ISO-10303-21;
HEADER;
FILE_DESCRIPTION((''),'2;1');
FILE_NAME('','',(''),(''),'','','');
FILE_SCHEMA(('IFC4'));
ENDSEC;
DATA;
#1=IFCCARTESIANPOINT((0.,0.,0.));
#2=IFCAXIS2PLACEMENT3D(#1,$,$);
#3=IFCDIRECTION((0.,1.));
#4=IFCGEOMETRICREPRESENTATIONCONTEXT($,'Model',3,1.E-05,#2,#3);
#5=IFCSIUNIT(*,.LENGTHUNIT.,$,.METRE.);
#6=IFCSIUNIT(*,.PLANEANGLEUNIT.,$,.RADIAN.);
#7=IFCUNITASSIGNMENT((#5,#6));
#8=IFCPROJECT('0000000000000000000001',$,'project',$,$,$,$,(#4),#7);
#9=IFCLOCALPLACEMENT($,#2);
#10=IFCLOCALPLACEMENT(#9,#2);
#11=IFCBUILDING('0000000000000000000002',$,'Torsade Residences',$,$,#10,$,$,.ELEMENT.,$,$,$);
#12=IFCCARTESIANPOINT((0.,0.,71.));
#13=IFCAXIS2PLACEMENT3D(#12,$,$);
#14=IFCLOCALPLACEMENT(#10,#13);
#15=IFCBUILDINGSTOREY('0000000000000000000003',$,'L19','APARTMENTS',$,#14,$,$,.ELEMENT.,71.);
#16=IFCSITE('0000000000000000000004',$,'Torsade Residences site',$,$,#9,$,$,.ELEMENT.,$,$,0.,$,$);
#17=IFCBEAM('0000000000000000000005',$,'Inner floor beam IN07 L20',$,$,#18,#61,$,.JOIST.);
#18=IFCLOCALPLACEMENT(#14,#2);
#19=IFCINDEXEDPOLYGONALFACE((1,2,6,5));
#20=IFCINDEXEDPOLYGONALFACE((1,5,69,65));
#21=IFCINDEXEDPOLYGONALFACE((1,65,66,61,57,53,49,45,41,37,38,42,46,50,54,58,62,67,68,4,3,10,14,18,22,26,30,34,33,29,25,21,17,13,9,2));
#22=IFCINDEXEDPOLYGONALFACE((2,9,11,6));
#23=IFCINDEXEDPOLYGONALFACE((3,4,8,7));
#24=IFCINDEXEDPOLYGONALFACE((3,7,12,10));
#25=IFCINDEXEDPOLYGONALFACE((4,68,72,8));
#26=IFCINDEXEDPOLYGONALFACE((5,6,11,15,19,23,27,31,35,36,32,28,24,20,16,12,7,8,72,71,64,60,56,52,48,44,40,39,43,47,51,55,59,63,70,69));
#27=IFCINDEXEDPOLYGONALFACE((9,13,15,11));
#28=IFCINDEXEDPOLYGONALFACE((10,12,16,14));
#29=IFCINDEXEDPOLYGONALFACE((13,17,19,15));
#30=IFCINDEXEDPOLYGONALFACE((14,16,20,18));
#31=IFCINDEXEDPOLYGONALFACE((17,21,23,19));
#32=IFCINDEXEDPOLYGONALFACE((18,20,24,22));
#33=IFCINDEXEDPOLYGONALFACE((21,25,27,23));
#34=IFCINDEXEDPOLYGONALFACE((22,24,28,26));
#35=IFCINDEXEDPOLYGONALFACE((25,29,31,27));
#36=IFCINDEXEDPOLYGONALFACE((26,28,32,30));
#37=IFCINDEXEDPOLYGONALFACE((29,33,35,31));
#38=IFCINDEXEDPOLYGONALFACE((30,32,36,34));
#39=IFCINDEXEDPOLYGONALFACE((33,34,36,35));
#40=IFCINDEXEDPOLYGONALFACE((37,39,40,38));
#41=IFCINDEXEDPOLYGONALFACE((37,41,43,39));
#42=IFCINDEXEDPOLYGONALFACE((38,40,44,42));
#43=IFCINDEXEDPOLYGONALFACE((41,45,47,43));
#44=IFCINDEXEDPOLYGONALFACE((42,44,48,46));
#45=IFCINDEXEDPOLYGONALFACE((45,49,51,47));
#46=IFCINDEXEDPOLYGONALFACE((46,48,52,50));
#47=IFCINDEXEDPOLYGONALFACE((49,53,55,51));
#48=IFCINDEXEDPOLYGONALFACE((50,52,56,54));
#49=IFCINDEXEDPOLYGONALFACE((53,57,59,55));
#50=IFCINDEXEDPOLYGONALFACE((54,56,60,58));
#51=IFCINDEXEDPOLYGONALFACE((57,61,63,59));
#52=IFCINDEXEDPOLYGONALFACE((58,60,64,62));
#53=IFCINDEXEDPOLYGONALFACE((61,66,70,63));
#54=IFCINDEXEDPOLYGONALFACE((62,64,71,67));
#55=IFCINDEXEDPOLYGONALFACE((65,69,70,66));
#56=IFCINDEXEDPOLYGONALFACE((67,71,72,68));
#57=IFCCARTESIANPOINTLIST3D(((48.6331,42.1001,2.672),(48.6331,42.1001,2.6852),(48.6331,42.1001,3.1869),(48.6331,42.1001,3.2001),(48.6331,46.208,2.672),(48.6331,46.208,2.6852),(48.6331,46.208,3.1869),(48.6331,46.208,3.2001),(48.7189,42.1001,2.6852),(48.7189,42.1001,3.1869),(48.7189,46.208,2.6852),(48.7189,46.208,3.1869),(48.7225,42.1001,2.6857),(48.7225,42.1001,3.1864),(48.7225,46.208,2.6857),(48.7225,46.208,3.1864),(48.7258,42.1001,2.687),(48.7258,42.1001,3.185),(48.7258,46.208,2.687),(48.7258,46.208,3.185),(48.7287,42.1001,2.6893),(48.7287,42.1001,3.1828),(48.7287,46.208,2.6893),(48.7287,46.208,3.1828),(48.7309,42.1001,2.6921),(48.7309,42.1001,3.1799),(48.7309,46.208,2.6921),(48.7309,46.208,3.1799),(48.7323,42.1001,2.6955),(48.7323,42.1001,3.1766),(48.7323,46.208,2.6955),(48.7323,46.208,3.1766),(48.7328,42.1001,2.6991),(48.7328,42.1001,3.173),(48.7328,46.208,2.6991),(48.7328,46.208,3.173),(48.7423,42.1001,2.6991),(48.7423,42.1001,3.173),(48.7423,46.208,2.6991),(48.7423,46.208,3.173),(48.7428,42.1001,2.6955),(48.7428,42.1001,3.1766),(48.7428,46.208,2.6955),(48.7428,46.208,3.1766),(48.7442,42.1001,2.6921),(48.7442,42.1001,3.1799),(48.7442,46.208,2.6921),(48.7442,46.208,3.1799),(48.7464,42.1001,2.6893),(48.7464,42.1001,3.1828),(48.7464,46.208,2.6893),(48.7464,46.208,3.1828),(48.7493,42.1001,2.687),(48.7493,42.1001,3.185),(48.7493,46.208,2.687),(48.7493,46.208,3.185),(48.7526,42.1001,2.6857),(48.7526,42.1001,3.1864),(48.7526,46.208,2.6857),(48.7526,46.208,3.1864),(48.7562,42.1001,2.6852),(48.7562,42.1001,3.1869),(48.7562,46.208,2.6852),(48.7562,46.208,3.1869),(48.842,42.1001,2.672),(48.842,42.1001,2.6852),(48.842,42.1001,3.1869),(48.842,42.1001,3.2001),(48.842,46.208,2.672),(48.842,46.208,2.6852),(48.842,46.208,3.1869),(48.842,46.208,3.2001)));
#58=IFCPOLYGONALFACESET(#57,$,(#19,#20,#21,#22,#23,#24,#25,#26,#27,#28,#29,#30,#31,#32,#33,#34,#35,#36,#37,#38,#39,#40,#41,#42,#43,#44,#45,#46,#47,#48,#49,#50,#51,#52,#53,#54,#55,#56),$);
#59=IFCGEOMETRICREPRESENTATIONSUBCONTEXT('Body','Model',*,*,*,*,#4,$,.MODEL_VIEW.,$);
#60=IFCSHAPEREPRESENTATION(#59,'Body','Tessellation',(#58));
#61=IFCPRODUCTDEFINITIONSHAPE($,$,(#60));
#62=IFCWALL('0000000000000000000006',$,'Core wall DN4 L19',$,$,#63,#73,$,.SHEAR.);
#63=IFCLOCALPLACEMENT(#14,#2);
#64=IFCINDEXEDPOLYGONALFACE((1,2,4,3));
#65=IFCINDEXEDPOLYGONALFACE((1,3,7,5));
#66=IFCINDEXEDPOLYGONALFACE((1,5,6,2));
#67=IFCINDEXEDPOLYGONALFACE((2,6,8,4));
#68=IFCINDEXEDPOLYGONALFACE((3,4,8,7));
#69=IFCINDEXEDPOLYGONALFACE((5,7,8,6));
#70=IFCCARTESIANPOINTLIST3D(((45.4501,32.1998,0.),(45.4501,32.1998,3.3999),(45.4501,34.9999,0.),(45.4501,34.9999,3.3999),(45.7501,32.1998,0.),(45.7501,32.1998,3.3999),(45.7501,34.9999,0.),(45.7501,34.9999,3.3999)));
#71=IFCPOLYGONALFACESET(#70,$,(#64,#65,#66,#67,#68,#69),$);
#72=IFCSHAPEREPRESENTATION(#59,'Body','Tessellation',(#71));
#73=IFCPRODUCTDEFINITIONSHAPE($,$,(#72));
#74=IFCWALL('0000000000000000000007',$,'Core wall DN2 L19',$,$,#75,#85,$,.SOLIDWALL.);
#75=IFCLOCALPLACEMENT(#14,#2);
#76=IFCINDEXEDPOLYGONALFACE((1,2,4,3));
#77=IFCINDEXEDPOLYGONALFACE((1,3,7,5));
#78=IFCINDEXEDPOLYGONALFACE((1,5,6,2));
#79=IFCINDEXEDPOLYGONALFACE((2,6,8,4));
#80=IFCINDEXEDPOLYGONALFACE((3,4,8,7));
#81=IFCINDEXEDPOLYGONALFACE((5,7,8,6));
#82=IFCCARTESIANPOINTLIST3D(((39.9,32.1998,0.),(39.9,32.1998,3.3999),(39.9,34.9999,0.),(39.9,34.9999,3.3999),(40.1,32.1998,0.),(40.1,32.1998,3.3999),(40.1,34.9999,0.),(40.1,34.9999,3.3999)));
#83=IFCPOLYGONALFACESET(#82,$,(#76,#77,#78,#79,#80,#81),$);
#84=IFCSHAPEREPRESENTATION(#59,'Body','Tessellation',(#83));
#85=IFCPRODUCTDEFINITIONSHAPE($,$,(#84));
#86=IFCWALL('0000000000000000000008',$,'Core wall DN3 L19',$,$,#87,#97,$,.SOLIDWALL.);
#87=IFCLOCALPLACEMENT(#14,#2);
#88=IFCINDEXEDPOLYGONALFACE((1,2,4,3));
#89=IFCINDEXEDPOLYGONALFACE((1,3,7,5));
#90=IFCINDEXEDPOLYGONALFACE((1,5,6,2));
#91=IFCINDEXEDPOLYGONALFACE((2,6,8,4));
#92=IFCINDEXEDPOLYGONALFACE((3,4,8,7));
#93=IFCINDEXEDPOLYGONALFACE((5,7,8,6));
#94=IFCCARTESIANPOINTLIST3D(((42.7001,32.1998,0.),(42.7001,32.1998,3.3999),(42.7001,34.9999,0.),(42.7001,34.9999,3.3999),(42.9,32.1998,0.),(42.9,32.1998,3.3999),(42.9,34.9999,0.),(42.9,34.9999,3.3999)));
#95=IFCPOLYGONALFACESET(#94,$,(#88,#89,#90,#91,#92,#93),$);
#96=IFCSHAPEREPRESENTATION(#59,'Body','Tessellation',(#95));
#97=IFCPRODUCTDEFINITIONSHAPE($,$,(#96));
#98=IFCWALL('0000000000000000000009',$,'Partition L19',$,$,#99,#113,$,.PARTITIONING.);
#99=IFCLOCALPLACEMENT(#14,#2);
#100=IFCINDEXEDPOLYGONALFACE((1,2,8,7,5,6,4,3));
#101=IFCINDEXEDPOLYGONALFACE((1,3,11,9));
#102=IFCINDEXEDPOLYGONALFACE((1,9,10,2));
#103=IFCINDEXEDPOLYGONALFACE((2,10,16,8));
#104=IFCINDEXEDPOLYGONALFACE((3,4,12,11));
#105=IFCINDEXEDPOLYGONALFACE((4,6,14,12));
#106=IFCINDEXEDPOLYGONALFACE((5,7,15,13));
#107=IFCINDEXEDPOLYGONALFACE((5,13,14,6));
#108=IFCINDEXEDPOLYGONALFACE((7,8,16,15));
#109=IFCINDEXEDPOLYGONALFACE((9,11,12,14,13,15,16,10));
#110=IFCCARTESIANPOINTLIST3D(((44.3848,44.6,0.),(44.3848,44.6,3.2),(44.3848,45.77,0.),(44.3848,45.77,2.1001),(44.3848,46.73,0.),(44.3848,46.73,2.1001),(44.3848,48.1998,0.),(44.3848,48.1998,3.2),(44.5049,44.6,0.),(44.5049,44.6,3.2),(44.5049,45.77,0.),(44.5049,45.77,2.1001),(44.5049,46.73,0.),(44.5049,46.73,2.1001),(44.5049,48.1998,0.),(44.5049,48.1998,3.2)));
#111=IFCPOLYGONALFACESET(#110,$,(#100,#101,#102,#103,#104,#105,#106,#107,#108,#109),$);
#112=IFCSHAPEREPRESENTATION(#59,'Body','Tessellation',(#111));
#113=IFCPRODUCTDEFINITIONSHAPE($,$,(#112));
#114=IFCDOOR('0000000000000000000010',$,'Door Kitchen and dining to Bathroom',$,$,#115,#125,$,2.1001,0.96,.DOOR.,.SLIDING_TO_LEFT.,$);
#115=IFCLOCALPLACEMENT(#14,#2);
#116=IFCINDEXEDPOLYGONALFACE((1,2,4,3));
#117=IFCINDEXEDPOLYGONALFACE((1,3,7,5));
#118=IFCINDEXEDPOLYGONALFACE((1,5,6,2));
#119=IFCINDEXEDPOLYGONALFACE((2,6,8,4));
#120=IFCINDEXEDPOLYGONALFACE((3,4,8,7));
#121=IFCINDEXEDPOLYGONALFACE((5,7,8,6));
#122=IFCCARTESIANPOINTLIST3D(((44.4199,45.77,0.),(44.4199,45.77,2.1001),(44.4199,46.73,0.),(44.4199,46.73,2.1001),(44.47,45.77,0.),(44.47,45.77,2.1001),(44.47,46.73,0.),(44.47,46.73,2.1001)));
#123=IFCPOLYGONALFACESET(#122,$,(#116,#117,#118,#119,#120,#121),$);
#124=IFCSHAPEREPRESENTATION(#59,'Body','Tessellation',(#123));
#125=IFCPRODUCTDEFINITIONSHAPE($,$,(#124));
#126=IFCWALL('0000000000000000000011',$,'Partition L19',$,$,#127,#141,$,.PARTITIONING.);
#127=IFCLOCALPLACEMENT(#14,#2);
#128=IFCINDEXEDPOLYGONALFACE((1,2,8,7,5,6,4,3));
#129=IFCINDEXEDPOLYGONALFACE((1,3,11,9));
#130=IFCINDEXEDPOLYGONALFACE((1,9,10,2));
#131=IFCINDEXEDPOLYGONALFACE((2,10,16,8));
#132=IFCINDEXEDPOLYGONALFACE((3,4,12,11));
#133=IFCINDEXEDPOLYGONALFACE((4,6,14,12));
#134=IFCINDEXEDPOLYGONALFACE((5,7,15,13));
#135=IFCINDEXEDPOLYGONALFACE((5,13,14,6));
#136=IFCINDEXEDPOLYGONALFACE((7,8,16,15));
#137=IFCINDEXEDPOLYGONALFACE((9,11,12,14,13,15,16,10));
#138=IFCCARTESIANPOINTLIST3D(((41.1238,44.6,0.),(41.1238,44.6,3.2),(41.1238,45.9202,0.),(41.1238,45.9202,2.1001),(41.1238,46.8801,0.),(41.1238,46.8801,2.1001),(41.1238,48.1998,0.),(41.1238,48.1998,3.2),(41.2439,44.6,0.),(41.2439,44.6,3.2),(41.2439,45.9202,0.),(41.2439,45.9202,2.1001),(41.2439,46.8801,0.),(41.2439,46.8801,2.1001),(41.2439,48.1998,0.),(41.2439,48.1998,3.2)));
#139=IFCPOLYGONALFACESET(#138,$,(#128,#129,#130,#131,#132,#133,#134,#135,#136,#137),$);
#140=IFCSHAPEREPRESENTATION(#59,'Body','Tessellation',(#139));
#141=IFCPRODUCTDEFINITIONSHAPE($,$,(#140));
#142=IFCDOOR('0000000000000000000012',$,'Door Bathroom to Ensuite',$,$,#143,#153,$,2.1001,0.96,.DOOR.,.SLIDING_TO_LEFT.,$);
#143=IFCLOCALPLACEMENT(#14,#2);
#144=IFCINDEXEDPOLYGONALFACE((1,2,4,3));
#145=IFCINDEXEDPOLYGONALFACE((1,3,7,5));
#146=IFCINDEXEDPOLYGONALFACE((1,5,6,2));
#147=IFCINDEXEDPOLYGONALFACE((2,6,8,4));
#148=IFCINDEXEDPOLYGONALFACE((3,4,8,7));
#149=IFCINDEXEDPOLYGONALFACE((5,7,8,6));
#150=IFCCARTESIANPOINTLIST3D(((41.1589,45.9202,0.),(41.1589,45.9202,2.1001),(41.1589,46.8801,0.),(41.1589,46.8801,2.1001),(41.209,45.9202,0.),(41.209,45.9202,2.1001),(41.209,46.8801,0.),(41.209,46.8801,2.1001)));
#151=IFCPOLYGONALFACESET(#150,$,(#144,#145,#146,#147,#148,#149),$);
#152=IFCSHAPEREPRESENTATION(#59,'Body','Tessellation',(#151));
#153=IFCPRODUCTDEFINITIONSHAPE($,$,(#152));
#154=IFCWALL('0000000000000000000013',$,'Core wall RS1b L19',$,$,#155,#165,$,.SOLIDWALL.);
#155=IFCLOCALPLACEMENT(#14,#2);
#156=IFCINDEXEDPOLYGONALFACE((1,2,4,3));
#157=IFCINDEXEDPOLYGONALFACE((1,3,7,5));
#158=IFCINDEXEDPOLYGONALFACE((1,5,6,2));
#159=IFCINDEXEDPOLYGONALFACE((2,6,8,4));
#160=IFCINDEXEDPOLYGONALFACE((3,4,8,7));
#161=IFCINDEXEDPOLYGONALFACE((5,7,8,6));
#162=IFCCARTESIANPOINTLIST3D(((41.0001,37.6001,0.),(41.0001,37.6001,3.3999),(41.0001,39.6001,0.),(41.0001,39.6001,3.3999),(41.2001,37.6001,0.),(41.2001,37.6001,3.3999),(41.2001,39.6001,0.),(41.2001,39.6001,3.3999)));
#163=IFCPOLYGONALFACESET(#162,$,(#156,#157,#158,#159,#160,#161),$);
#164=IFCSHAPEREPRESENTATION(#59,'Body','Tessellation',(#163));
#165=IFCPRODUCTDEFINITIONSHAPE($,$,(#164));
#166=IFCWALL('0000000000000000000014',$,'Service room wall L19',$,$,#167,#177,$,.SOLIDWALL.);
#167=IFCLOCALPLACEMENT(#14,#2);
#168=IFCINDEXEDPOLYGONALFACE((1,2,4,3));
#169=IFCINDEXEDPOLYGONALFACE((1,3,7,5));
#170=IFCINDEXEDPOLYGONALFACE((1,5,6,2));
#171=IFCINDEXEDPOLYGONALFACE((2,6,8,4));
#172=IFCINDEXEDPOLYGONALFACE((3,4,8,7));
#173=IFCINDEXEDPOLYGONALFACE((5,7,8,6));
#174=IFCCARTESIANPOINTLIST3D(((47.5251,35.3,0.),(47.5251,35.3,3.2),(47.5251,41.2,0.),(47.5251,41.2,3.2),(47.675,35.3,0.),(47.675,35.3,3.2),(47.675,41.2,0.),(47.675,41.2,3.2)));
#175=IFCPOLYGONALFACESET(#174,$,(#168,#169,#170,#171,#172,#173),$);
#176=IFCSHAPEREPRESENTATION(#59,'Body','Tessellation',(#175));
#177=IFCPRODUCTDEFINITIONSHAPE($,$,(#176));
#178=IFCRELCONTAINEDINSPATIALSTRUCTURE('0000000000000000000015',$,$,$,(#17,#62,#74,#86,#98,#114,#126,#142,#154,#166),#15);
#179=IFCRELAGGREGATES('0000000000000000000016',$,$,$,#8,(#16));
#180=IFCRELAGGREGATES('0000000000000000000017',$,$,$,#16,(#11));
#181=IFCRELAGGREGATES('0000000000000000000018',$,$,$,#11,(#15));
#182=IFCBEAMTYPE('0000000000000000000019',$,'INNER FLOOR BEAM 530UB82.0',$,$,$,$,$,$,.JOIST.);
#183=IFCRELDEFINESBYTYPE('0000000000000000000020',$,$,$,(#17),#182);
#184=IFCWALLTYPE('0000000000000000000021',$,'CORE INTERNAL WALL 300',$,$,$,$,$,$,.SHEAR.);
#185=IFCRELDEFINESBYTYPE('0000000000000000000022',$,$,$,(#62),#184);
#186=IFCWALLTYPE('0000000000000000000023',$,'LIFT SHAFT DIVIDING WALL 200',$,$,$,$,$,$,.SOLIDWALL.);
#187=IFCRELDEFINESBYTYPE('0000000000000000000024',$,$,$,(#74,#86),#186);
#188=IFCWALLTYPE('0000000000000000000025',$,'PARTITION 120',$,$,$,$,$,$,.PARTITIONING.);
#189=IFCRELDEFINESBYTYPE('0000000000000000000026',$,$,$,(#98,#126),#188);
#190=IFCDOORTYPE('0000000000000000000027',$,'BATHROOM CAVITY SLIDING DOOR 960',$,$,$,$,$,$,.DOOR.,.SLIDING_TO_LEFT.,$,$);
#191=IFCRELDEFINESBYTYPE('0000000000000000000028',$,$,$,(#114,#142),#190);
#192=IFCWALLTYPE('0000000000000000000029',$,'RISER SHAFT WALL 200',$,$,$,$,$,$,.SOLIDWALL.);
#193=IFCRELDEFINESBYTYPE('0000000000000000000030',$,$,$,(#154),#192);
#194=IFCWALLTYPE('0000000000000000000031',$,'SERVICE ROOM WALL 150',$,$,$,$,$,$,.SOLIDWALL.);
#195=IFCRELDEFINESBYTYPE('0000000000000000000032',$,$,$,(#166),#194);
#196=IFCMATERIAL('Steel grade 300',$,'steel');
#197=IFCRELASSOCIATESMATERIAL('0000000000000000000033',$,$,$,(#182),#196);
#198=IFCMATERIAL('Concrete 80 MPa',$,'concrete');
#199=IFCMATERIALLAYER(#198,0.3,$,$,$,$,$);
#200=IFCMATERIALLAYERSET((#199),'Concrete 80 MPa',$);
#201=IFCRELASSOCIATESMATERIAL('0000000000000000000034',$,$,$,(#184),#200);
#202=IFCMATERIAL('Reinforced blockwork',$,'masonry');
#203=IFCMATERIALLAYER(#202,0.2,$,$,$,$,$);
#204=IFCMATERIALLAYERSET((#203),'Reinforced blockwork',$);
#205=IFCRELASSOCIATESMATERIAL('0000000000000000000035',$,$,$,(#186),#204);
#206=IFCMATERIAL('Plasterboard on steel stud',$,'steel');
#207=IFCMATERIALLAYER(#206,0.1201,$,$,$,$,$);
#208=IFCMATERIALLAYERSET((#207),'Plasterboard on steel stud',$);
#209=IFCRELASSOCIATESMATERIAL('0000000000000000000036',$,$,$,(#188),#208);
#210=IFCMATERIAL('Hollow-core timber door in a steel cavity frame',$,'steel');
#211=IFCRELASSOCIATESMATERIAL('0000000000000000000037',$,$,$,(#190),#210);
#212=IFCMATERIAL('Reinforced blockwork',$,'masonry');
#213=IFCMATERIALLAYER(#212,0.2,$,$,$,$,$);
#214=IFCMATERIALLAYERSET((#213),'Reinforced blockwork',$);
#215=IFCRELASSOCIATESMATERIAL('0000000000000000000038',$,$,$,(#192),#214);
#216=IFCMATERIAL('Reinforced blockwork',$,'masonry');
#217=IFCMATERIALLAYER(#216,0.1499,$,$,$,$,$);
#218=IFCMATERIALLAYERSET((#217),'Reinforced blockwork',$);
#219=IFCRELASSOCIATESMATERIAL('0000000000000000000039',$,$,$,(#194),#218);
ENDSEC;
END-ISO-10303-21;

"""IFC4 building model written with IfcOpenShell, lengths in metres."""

from ifc_helpers import new_model, si_unit, direction, frame, frame_2d, origin, origin_2d, place, context, subcontext, project, spatial, rectangle, i_section, extrude, material, layer, layer_set, material_profile, profile_set, type_object, element, fill, save


model = new_model("IFC4")

# Units and contexts
model_context = context("Model", 3, precision=1e-05, world=origin(), true_north=direction((0.0, 1.0)))
body_context = subcontext(model_context, "Body", "Model", "MODEL_VIEW")
ifc_project = project(units=[si_unit("LENGTHUNIT", "METRE"), si_unit("PLANEANGLEUNIT", "RADIAN")], contexts=[model_context])

# Site, building, storey
site_placement = place(None, origin())
site = spatial("IfcSite", under=ifc_project, at=site_placement, Name="Torsade Residences site", CompositionType="ELEMENT", RefElevation=0.0)
building_placement = place(site_placement, origin())
building = spatial("IfcBuilding", under=site, at=building_placement, Name="Torsade Residences", CompositionType="ELEMENT")
storey_placement = place(building_placement, frame((0.0, 0.0, 71.0)))
storey = spatial("IfcBuildingStorey", under=building, at=storey_placement, Name="L19", Description="APARTMENTS", CompositionType="ELEMENT", Elevation=71.0)

# Beam
ifc_material_1 = material(Name="Steel grade 300", Category="steel")
ifc_material_profile_1 = material_profile(ifc_material_1, i_section(OverallWidth=0.209, OverallDepth=0.5281, WebThickness=0.0095, FlangeThickness=0.0132, FilletRadius=0.0139, at=origin_2d()), Name="530UB82.0")
ifc_profile_set_1 = profile_set([ifc_material_profile_1], Name="Steel grade 300")
beam_type = type_object("IfcBeamType", Name="INNER FLOOR BEAM 530UB82.0", PredefinedType="JOIST", material=ifc_profile_set_1)
beam_1_placement = place(storey_placement, frame((48.7375, 42.1001, 2.936), z_axis=(0.0, 1.0, 0.0), x_axis=(-1.0, 0.0, 0.0)))
element("IfcBeam", 1, at=beam_1_placement, inside=storey, type_object=beam_type, Name="Inner floor beam IN07 L20", PredefinedType="JOIST", context=body_context, shape_type="SweptSolid", body=[
    extrude(i_section(OverallWidth=0.209, OverallDepth=0.5281, WebThickness=0.0095, FlangeThickness=0.0132, FilletRadius=0.0139, at=origin_2d()), origin(), (0.0, 0.0, 1.0), 4.1079),
])

# Walls
ifc_material_2 = material(Name="Concrete 80 MPa", Category="concrete")
ifc_layer_1 = layer(ifc_material_2, 0.3)
ifc_layer_set_1 = layer_set([ifc_layer_1], Name="Concrete 80 MPa")
wall_type_1 = type_object("IfcWallType", Name="CORE INTERNAL WALL 300", PredefinedType="SHEAR", material=ifc_layer_set_1)
wall_1_placement = place(storey_placement, frame((45.6001, 32.2, 0.0), z_axis=(0.0, 0.0, 1.0), x_axis=(0.0, 1.0, 0.0)))
element("IfcWall", 2, at=wall_1_placement, inside=storey, type_object=wall_type_1, Name="Core wall DN4 L19", PredefinedType="SHEAR", context=body_context, shape_type="SweptSolid", body=[
    extrude(rectangle(XDim=2.8, YDim=0.3, at=frame_2d((1.3999, 0.0))), origin(), (0.0, 0.0, 1.0), 3.3999),
])
ifc_material_3 = material(Name="Reinforced blockwork", Category="masonry")
ifc_layer_2 = layer(ifc_material_3, 0.2)
ifc_layer_set_2 = layer_set([ifc_layer_2], Name="Reinforced blockwork")
wall_type_2 = type_object("IfcWallType", Name="LIFT SHAFT DIVIDING WALL 200", PredefinedType="SOLIDWALL", material=ifc_layer_set_2)
for number, where, z_axis, x_axis, name in (
    (3, (40.0, 32.2, 0.0), (0.0, 0.0, 1.0), (0.0, 1.0, 0.0), "Core wall DN2 L19"),
    (4, (42.8, 32.2, 0.0), (0.0, 0.0, 1.0), (0.0, 1.0, 0.0), "Core wall DN3 L19"),
):
    element("IfcWall", number, at=place(storey_placement, frame(where, z_axis=z_axis, x_axis=x_axis)), inside=storey, type_object=wall_type_2, Name=name, PredefinedType="SOLIDWALL", context=body_context, shape_type="SweptSolid", body=[
        extrude(rectangle(XDim=2.8, YDim=0.2, at=frame_2d((1.3999, 0.0))), origin(), (0.0, 0.0, 1.0), 3.3999),
    ])

# Walls, openings, doors
ifc_material_4 = material(Name="Plasterboard on steel stud", Category="steel")
ifc_layer_3 = layer(ifc_material_4, 0.1201)
ifc_layer_set_3 = layer_set([ifc_layer_3], Name="Plasterboard on steel stud")
wall_type_3 = type_object("IfcWallType", Name="PARTITION 120", PredefinedType="PARTITIONING", material=ifc_layer_set_3)
wall_2_placement = place(storey_placement, frame((44.4448, 44.6001, 0.0), z_axis=(0.0, 0.0, 1.0), x_axis=(0.0, 1.0, 0.0)))
wall_2 = element("IfcWall", 5, at=wall_2_placement, inside=storey, type_object=wall_type_3, Name="Partition L19", PredefinedType="PARTITIONING", context=body_context, shape_type="SweptSolid", body=[
    extrude(rectangle(XDim=3.5999, YDim=0.1201, at=frame_2d((1.7998, 0.0))), origin(), (0.0, 0.0, 1.0), 3.2),
])
opening_1_placement = place(wall_2_placement, frame((1.1699, 0.0, 0.0)))
opening_1 = element("IfcOpeningElement", 6, at=opening_1_placement, cuts=wall_2, PredefinedType="OPENING", context=body_context, shape_type="SweptSolid", body=[
    extrude(rectangle(XDim=0.96, YDim=2.1001, at=frame_2d((0.48, 1.05))), frame((0.0, 0.0701, 0.0), z_axis=(0.0, -1.0, 0.0), x_axis=(1.0, 0.0, 0.0)), (0.0, 0.0, 1.0), 0.1401),
])
ifc_material_5 = material(Name="Hollow-core timber door in a steel cavity frame", Category="steel")
door_type_1 = type_object("IfcDoorType", Name="BATHROOM CAVITY SLIDING DOOR 960", OperationType="SLIDING_TO_LEFT", PredefinedType="DOOR", material=ifc_material_5)
door_1_placement = place(opening_1_placement, origin())
door_1 = element("IfcDoor", 7, at=door_1_placement, inside=storey, type_object=door_type_1, Name="Door Kitchen and dining to Bathroom", OperationType="SLIDING_TO_LEFT", OverallHeight=2.1001, OverallWidth=0.96, PredefinedType="DOOR", context=body_context, shape_type="SweptSolid", body=[
    extrude(rectangle(XDim=0.96, YDim=2.1001, at=frame_2d((0.48, 1.05))), frame((0.0, 0.0249, 0.0), z_axis=(0.0, -1.0, 0.0), x_axis=(1.0, 0.0, 0.0)), (0.0, 0.0, 1.0), 0.05),
])
fill(opening_1, door_1)
wall_3_placement = place(storey_placement, frame((41.1838, 44.6001, 0.0), z_axis=(0.0, 0.0, 1.0), x_axis=(0.0, 1.0, 0.0)))
wall_3 = element("IfcWall", 8, at=wall_3_placement, inside=storey, type_object=wall_type_3, Name="Partition L19", PredefinedType="PARTITIONING", context=body_context, shape_type="SweptSolid", body=[
    extrude(rectangle(XDim=3.5999, YDim=0.1201, at=frame_2d((1.7998, 0.0))), origin(), (0.0, 0.0, 1.0), 3.2),
])
opening_2_placement = place(wall_3_placement, frame((1.3201, 0.0, 0.0)))
opening_2 = element("IfcOpeningElement", 9, at=opening_2_placement, cuts=wall_3, PredefinedType="OPENING", context=body_context, shape_type="SweptSolid", body=[
    extrude(rectangle(XDim=0.96, YDim=2.1001, at=frame_2d((0.48, 1.05))), frame((0.0, 0.0701, 0.0), z_axis=(0.0, -1.0, 0.0), x_axis=(1.0, 0.0, 0.0)), (0.0, 0.0, 1.0), 0.1401),
])
door_2_placement = place(opening_2_placement, origin())
door_2 = element("IfcDoor", 10, at=door_2_placement, inside=storey, type_object=door_type_1, Name="Door Bathroom to Ensuite", OperationType="SLIDING_TO_LEFT", OverallHeight=2.1001, OverallWidth=0.96, PredefinedType="DOOR", context=body_context, shape_type="SweptSolid", body=[
    extrude(rectangle(XDim=0.96, YDim=2.1001, at=frame_2d((0.48, 1.05))), frame((0.0, 0.0249, 0.0), z_axis=(0.0, -1.0, 0.0), x_axis=(1.0, 0.0, 0.0)), (0.0, 0.0, 1.0), 0.05),
])
fill(opening_2, door_2)

# Walls
ifc_material_6 = material(Name="Reinforced blockwork", Category="masonry")
ifc_layer_4 = layer(ifc_material_6, 0.2)
ifc_layer_set_4 = layer_set([ifc_layer_4], Name="Reinforced blockwork")
wall_type_4 = type_object("IfcWallType", Name="RISER SHAFT WALL 200", PredefinedType="SOLIDWALL", material=ifc_layer_set_4)
wall_4_placement = place(storey_placement, frame((41.1001, 37.6001, 0.0), z_axis=(0.0, 0.0, 1.0), x_axis=(0.0, 1.0, 0.0)))
element("IfcWall", 11, at=wall_4_placement, inside=storey, type_object=wall_type_4, Name="Core wall RS1b L19", PredefinedType="SOLIDWALL", context=body_context, shape_type="SweptSolid", body=[
    extrude(rectangle(XDim=2.0, YDim=0.2, at=frame_2d((1.0, 0.0))), origin(), (0.0, 0.0, 1.0), 3.3999),
])
ifc_material_7 = material(Name="Reinforced blockwork", Category="masonry")
ifc_layer_5 = layer(ifc_material_7, 0.1499)
ifc_layer_set_5 = layer_set([ifc_layer_5], Name="Reinforced blockwork")
wall_type_5 = type_object("IfcWallType", Name="SERVICE ROOM WALL 150", PredefinedType="SOLIDWALL", material=ifc_layer_set_5)
wall_5_placement = place(storey_placement, frame((47.6001, 41.2, 0.0), z_axis=(0.0, 0.0, 1.0), x_axis=(0.0, -1.0, 0.0)))
element("IfcWall", 12, at=wall_5_placement, inside=storey, type_object=wall_type_5, Name="Service room wall L19", PredefinedType="SOLIDWALL", context=body_context, shape_type="SweptSolid", body=[
    extrude(rectangle(XDim=5.8999, YDim=0.1499, at=frame_2d((2.95, 0.0))), origin(), (0.0, 0.0, 1.0), 3.2),
])

save(model, "model.ifc")
